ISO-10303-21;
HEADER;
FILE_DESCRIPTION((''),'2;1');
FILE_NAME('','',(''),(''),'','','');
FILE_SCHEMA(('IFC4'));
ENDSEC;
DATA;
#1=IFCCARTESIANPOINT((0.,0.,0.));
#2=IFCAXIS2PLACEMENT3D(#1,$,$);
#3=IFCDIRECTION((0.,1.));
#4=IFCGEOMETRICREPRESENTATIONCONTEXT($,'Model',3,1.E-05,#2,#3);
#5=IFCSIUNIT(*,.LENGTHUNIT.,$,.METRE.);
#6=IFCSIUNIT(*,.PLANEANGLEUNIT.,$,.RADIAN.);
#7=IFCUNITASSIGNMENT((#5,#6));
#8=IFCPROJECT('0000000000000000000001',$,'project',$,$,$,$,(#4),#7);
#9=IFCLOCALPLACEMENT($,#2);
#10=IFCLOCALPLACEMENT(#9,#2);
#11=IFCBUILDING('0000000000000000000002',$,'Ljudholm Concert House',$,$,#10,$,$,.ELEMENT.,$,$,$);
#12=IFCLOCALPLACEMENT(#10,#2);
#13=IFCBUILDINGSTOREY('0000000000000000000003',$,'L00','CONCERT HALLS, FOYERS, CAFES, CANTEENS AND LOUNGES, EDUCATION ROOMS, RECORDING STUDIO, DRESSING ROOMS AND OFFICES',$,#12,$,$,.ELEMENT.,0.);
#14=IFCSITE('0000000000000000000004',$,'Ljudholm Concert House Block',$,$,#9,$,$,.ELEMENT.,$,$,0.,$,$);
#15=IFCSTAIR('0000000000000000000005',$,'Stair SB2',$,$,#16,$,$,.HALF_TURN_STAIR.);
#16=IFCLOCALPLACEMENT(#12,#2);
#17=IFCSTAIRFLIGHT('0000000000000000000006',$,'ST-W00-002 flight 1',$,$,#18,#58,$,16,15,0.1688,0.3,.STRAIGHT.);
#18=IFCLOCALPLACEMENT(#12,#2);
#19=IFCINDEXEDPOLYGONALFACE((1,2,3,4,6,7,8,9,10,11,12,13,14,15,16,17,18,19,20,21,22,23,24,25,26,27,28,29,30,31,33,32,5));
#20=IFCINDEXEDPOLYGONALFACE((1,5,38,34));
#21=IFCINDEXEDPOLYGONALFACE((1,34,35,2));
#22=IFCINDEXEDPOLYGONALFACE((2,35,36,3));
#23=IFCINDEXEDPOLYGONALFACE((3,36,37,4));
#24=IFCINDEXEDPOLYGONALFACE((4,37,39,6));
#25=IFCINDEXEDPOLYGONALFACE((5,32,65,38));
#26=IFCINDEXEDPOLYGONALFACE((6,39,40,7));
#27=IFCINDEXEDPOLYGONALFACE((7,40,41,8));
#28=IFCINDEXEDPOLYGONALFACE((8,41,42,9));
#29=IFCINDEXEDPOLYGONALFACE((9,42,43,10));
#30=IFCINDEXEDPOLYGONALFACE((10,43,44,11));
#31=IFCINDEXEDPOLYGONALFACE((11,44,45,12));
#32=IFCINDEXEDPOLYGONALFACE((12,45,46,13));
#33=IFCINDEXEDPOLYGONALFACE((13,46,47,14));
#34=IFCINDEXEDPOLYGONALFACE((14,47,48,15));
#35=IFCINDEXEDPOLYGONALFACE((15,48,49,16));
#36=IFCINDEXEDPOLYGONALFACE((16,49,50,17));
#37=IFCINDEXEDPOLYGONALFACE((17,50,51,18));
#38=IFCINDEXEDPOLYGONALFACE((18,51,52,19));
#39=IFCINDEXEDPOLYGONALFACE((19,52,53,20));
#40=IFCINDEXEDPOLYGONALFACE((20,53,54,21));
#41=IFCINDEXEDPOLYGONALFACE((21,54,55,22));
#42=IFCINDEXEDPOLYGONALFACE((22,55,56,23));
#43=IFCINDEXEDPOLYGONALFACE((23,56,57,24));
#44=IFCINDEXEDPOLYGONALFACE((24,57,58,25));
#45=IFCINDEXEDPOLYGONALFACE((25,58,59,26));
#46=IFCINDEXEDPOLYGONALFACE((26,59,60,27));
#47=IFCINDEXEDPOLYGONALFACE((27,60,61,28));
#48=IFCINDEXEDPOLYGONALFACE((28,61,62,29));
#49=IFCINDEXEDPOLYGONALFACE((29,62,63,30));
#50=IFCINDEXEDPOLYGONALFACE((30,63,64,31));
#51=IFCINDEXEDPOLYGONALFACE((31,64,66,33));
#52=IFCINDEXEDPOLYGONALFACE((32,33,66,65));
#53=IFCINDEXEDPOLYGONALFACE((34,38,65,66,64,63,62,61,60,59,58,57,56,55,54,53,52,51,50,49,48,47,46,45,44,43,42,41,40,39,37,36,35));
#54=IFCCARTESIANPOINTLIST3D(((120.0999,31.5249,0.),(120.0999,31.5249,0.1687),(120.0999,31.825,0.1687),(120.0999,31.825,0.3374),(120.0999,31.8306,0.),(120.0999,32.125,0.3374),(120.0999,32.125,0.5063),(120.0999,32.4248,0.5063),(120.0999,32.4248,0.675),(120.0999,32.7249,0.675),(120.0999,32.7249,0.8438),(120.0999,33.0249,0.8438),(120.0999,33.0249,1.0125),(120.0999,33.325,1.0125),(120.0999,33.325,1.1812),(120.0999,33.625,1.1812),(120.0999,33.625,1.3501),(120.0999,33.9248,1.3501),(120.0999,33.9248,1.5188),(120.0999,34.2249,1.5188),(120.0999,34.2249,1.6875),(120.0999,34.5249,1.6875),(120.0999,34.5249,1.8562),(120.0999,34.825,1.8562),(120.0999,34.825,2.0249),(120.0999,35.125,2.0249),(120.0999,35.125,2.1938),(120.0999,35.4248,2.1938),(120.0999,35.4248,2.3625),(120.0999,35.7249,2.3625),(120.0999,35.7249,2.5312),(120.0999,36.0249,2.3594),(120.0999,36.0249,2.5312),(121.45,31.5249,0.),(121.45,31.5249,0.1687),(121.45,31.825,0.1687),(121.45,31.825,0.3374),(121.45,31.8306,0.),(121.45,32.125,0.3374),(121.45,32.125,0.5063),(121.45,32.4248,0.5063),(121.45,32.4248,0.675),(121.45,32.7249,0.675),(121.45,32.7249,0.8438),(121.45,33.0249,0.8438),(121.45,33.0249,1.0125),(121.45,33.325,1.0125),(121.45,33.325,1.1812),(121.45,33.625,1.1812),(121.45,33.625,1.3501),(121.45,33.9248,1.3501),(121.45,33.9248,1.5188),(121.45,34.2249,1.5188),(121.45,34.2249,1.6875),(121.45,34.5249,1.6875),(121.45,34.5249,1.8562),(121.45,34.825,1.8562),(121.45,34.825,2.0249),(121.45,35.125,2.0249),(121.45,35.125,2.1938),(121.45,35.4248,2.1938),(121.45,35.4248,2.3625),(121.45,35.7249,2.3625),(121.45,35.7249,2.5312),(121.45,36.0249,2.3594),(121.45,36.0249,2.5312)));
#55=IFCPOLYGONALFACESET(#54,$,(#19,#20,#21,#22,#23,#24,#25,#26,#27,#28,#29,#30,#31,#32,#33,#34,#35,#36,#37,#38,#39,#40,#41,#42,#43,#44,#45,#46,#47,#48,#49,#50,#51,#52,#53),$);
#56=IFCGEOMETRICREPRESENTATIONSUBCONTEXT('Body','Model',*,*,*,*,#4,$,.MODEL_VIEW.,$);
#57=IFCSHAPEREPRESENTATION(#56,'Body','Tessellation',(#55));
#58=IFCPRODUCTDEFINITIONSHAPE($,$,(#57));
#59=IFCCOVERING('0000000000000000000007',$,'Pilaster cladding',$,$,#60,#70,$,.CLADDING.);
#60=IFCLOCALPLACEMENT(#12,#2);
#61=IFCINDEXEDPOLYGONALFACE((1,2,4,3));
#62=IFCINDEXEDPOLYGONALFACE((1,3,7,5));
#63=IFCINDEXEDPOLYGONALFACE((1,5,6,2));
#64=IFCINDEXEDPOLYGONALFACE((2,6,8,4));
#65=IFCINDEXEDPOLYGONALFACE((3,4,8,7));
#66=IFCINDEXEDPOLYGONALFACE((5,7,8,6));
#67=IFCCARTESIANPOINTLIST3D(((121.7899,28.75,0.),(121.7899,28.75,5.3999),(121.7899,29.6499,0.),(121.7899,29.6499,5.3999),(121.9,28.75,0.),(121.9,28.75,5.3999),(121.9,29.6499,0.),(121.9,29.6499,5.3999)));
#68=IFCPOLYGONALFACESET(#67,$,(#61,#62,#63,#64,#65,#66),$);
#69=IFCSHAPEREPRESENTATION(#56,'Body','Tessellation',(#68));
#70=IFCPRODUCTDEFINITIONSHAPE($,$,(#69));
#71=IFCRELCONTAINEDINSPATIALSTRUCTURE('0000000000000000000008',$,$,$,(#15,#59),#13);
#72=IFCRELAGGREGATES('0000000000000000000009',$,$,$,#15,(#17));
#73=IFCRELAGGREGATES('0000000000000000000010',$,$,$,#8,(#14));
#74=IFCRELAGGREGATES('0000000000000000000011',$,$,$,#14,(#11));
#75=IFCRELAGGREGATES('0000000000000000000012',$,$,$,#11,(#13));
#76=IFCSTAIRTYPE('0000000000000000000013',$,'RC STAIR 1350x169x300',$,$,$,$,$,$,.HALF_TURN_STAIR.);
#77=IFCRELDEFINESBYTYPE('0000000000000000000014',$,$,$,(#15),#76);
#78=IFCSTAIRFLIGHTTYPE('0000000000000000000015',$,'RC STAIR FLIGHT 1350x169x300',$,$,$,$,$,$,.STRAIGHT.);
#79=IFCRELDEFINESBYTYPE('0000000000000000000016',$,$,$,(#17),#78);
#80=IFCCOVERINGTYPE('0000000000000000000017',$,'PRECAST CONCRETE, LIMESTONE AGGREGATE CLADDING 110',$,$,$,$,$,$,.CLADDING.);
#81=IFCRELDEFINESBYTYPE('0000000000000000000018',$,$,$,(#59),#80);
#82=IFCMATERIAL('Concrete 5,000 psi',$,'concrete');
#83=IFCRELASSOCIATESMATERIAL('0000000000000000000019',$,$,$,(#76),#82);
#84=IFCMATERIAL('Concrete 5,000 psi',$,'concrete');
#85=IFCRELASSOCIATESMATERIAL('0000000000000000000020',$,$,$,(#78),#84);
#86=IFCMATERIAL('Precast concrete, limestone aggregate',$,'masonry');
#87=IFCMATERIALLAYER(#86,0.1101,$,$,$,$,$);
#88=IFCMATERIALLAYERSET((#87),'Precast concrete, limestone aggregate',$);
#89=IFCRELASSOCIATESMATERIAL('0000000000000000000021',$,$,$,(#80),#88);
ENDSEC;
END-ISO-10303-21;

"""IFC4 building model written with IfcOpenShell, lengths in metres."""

from ifc_helpers import new_model, si_unit, direction, frame, origin, origin_2d, place, context, subcontext, project, spatial, polyline, rectangle, outline, extrude, material, layer, layer_set, type_object, element, aggregate, save


model = new_model("IFC4")

# Units and contexts
model_context = context("Model", 3, precision=1e-05, world=origin(), true_north=direction((0.0, 1.0)))
body_context = subcontext(model_context, "Body", "Model", "MODEL_VIEW")
ifc_project = project(units=[si_unit("LENGTHUNIT", "METRE"), si_unit("PLANEANGLEUNIT", "RADIAN")], contexts=[model_context])

# Site, building, storey
site_placement = place(None, origin())
site = spatial("IfcSite", under=ifc_project, at=site_placement, Name="Ljudholm Concert House Block", CompositionType="ELEMENT", RefElevation=0.0)
building_placement = place(site_placement, origin())
building = spatial("IfcBuilding", under=site, at=building_placement, Name="Ljudholm Concert House", CompositionType="ELEMENT")
storey_placement = place(building_placement, origin())
storey = spatial("IfcBuildingStorey", under=building, at=storey_placement, Name="L00", Description="CONCERT HALLS, FOYERS, CAFES, CANTEENS AND LOUNGES, EDUCATION ROOMS, RECORDING STUDIO, DRESSING ROOMS AND OFFICES", CompositionType="ELEMENT", Elevation=0.0)

# Stair, stair flight
ifc_material_1 = material(Name="Concrete 5,000 psi", Category="concrete")
stair_type = type_object("IfcStairType", Name="RC STAIR 1350x169x300", PredefinedType="HALF_TURN_STAIR", material=ifc_material_1)
stair_placement = place(storey_placement, origin())
stair = element("IfcStair", 1, at=stair_placement, inside=storey, type_object=stair_type, Name="Stair SB2", PredefinedType="HALF_TURN_STAIR")
ifc_material_2 = material(Name="Concrete 5,000 psi", Category="concrete")
stair_flight_type = type_object("IfcStairFlightType", Name="RC STAIR FLIGHT 1350x169x300", PredefinedType="STRAIGHT", material=ifc_material_2)
stair_flight_placement = place(storey_placement, frame((120.7749, 31.5249, 0.0), z_axis=(0.0, 0.0, 1.0), x_axis=(0.0, 1.0, 0.0)))
stair_flight = element("IfcStairFlight", 2, at=stair_flight_placement, type_object=stair_flight_type, Name="ST-W00-002 flight 1", NumberOfRisers=16, NumberOfTreads=15, PredefinedType="STRAIGHT", RiserHeight=0.1688, TreadLength=0.3, context=body_context, shape_type="SweptSolid", body=[
    extrude(outline(polyline([(0.0, 0.0), (0.0, 0.1687), (0.3, 0.1687), (0.3, 0.3374), (0.6001, 0.3374), (0.6001, 0.5063), (0.8999, 0.5063), (0.8999, 0.675), (1.2, 0.675), (1.2, 0.8438), (1.5, 0.8438), (1.5, 1.0125), (1.8, 1.0125), (1.8, 1.1812), (2.1001, 1.1812), (2.1001, 1.3501), (2.3999, 1.3501), (2.3999, 1.5188), (2.7, 1.5188), (2.7, 1.6875), (3.0, 1.6875), (3.0, 1.8562), (3.3, 1.8562), (3.3, 2.0249), (3.6001, 2.0249), (3.6001, 2.1938), (3.8999, 2.1938), (3.8999, 2.3625), (4.2, 2.3625), (4.2, 2.5312), (4.5, 2.5312), (4.5, 2.7), (4.5, 2.3594), (0.3057, 0.0), (0.0, 0.0)])), frame((0.0, 0.675, 0.0), z_axis=(0.0, -1.0, 0.0), x_axis=(1.0, 0.0, 0.0)), (0.0, 0.0, 1.0), 1.3501),
])
aggregate(stair, [stair_flight])

# Covering
ifc_material_3 = material(Name="Precast concrete, limestone aggregate", Category="masonry")
ifc_layer_1 = layer(ifc_material_3, 0.1101)
ifc_layer_set_1 = layer_set([ifc_layer_1], Name="Precast concrete, limestone aggregate")
covering_type = type_object("IfcCoveringType", Name="PRECAST CONCRETE, LIMESTONE AGGREGATE CLADDING 110", PredefinedType="CLADDING", material=ifc_layer_set_1)
covering_placement = place(storey_placement, frame((121.845, 29.2, 0.0), z_axis=(0.0, 0.0, 1.0), x_axis=(1.0, 0.0, 0.0)))
element("IfcCovering", 3, at=covering_placement, inside=storey, type_object=covering_type, Name="Pilaster cladding", PredefinedType="CLADDING", context=body_context, shape_type="SweptSolid", body=[
    extrude(rectangle(XDim=0.1101, YDim=0.8999, at=origin_2d()), origin(), (0.0, 0.0, 1.0), 5.3999),
])

save(model, "model.ifc")
